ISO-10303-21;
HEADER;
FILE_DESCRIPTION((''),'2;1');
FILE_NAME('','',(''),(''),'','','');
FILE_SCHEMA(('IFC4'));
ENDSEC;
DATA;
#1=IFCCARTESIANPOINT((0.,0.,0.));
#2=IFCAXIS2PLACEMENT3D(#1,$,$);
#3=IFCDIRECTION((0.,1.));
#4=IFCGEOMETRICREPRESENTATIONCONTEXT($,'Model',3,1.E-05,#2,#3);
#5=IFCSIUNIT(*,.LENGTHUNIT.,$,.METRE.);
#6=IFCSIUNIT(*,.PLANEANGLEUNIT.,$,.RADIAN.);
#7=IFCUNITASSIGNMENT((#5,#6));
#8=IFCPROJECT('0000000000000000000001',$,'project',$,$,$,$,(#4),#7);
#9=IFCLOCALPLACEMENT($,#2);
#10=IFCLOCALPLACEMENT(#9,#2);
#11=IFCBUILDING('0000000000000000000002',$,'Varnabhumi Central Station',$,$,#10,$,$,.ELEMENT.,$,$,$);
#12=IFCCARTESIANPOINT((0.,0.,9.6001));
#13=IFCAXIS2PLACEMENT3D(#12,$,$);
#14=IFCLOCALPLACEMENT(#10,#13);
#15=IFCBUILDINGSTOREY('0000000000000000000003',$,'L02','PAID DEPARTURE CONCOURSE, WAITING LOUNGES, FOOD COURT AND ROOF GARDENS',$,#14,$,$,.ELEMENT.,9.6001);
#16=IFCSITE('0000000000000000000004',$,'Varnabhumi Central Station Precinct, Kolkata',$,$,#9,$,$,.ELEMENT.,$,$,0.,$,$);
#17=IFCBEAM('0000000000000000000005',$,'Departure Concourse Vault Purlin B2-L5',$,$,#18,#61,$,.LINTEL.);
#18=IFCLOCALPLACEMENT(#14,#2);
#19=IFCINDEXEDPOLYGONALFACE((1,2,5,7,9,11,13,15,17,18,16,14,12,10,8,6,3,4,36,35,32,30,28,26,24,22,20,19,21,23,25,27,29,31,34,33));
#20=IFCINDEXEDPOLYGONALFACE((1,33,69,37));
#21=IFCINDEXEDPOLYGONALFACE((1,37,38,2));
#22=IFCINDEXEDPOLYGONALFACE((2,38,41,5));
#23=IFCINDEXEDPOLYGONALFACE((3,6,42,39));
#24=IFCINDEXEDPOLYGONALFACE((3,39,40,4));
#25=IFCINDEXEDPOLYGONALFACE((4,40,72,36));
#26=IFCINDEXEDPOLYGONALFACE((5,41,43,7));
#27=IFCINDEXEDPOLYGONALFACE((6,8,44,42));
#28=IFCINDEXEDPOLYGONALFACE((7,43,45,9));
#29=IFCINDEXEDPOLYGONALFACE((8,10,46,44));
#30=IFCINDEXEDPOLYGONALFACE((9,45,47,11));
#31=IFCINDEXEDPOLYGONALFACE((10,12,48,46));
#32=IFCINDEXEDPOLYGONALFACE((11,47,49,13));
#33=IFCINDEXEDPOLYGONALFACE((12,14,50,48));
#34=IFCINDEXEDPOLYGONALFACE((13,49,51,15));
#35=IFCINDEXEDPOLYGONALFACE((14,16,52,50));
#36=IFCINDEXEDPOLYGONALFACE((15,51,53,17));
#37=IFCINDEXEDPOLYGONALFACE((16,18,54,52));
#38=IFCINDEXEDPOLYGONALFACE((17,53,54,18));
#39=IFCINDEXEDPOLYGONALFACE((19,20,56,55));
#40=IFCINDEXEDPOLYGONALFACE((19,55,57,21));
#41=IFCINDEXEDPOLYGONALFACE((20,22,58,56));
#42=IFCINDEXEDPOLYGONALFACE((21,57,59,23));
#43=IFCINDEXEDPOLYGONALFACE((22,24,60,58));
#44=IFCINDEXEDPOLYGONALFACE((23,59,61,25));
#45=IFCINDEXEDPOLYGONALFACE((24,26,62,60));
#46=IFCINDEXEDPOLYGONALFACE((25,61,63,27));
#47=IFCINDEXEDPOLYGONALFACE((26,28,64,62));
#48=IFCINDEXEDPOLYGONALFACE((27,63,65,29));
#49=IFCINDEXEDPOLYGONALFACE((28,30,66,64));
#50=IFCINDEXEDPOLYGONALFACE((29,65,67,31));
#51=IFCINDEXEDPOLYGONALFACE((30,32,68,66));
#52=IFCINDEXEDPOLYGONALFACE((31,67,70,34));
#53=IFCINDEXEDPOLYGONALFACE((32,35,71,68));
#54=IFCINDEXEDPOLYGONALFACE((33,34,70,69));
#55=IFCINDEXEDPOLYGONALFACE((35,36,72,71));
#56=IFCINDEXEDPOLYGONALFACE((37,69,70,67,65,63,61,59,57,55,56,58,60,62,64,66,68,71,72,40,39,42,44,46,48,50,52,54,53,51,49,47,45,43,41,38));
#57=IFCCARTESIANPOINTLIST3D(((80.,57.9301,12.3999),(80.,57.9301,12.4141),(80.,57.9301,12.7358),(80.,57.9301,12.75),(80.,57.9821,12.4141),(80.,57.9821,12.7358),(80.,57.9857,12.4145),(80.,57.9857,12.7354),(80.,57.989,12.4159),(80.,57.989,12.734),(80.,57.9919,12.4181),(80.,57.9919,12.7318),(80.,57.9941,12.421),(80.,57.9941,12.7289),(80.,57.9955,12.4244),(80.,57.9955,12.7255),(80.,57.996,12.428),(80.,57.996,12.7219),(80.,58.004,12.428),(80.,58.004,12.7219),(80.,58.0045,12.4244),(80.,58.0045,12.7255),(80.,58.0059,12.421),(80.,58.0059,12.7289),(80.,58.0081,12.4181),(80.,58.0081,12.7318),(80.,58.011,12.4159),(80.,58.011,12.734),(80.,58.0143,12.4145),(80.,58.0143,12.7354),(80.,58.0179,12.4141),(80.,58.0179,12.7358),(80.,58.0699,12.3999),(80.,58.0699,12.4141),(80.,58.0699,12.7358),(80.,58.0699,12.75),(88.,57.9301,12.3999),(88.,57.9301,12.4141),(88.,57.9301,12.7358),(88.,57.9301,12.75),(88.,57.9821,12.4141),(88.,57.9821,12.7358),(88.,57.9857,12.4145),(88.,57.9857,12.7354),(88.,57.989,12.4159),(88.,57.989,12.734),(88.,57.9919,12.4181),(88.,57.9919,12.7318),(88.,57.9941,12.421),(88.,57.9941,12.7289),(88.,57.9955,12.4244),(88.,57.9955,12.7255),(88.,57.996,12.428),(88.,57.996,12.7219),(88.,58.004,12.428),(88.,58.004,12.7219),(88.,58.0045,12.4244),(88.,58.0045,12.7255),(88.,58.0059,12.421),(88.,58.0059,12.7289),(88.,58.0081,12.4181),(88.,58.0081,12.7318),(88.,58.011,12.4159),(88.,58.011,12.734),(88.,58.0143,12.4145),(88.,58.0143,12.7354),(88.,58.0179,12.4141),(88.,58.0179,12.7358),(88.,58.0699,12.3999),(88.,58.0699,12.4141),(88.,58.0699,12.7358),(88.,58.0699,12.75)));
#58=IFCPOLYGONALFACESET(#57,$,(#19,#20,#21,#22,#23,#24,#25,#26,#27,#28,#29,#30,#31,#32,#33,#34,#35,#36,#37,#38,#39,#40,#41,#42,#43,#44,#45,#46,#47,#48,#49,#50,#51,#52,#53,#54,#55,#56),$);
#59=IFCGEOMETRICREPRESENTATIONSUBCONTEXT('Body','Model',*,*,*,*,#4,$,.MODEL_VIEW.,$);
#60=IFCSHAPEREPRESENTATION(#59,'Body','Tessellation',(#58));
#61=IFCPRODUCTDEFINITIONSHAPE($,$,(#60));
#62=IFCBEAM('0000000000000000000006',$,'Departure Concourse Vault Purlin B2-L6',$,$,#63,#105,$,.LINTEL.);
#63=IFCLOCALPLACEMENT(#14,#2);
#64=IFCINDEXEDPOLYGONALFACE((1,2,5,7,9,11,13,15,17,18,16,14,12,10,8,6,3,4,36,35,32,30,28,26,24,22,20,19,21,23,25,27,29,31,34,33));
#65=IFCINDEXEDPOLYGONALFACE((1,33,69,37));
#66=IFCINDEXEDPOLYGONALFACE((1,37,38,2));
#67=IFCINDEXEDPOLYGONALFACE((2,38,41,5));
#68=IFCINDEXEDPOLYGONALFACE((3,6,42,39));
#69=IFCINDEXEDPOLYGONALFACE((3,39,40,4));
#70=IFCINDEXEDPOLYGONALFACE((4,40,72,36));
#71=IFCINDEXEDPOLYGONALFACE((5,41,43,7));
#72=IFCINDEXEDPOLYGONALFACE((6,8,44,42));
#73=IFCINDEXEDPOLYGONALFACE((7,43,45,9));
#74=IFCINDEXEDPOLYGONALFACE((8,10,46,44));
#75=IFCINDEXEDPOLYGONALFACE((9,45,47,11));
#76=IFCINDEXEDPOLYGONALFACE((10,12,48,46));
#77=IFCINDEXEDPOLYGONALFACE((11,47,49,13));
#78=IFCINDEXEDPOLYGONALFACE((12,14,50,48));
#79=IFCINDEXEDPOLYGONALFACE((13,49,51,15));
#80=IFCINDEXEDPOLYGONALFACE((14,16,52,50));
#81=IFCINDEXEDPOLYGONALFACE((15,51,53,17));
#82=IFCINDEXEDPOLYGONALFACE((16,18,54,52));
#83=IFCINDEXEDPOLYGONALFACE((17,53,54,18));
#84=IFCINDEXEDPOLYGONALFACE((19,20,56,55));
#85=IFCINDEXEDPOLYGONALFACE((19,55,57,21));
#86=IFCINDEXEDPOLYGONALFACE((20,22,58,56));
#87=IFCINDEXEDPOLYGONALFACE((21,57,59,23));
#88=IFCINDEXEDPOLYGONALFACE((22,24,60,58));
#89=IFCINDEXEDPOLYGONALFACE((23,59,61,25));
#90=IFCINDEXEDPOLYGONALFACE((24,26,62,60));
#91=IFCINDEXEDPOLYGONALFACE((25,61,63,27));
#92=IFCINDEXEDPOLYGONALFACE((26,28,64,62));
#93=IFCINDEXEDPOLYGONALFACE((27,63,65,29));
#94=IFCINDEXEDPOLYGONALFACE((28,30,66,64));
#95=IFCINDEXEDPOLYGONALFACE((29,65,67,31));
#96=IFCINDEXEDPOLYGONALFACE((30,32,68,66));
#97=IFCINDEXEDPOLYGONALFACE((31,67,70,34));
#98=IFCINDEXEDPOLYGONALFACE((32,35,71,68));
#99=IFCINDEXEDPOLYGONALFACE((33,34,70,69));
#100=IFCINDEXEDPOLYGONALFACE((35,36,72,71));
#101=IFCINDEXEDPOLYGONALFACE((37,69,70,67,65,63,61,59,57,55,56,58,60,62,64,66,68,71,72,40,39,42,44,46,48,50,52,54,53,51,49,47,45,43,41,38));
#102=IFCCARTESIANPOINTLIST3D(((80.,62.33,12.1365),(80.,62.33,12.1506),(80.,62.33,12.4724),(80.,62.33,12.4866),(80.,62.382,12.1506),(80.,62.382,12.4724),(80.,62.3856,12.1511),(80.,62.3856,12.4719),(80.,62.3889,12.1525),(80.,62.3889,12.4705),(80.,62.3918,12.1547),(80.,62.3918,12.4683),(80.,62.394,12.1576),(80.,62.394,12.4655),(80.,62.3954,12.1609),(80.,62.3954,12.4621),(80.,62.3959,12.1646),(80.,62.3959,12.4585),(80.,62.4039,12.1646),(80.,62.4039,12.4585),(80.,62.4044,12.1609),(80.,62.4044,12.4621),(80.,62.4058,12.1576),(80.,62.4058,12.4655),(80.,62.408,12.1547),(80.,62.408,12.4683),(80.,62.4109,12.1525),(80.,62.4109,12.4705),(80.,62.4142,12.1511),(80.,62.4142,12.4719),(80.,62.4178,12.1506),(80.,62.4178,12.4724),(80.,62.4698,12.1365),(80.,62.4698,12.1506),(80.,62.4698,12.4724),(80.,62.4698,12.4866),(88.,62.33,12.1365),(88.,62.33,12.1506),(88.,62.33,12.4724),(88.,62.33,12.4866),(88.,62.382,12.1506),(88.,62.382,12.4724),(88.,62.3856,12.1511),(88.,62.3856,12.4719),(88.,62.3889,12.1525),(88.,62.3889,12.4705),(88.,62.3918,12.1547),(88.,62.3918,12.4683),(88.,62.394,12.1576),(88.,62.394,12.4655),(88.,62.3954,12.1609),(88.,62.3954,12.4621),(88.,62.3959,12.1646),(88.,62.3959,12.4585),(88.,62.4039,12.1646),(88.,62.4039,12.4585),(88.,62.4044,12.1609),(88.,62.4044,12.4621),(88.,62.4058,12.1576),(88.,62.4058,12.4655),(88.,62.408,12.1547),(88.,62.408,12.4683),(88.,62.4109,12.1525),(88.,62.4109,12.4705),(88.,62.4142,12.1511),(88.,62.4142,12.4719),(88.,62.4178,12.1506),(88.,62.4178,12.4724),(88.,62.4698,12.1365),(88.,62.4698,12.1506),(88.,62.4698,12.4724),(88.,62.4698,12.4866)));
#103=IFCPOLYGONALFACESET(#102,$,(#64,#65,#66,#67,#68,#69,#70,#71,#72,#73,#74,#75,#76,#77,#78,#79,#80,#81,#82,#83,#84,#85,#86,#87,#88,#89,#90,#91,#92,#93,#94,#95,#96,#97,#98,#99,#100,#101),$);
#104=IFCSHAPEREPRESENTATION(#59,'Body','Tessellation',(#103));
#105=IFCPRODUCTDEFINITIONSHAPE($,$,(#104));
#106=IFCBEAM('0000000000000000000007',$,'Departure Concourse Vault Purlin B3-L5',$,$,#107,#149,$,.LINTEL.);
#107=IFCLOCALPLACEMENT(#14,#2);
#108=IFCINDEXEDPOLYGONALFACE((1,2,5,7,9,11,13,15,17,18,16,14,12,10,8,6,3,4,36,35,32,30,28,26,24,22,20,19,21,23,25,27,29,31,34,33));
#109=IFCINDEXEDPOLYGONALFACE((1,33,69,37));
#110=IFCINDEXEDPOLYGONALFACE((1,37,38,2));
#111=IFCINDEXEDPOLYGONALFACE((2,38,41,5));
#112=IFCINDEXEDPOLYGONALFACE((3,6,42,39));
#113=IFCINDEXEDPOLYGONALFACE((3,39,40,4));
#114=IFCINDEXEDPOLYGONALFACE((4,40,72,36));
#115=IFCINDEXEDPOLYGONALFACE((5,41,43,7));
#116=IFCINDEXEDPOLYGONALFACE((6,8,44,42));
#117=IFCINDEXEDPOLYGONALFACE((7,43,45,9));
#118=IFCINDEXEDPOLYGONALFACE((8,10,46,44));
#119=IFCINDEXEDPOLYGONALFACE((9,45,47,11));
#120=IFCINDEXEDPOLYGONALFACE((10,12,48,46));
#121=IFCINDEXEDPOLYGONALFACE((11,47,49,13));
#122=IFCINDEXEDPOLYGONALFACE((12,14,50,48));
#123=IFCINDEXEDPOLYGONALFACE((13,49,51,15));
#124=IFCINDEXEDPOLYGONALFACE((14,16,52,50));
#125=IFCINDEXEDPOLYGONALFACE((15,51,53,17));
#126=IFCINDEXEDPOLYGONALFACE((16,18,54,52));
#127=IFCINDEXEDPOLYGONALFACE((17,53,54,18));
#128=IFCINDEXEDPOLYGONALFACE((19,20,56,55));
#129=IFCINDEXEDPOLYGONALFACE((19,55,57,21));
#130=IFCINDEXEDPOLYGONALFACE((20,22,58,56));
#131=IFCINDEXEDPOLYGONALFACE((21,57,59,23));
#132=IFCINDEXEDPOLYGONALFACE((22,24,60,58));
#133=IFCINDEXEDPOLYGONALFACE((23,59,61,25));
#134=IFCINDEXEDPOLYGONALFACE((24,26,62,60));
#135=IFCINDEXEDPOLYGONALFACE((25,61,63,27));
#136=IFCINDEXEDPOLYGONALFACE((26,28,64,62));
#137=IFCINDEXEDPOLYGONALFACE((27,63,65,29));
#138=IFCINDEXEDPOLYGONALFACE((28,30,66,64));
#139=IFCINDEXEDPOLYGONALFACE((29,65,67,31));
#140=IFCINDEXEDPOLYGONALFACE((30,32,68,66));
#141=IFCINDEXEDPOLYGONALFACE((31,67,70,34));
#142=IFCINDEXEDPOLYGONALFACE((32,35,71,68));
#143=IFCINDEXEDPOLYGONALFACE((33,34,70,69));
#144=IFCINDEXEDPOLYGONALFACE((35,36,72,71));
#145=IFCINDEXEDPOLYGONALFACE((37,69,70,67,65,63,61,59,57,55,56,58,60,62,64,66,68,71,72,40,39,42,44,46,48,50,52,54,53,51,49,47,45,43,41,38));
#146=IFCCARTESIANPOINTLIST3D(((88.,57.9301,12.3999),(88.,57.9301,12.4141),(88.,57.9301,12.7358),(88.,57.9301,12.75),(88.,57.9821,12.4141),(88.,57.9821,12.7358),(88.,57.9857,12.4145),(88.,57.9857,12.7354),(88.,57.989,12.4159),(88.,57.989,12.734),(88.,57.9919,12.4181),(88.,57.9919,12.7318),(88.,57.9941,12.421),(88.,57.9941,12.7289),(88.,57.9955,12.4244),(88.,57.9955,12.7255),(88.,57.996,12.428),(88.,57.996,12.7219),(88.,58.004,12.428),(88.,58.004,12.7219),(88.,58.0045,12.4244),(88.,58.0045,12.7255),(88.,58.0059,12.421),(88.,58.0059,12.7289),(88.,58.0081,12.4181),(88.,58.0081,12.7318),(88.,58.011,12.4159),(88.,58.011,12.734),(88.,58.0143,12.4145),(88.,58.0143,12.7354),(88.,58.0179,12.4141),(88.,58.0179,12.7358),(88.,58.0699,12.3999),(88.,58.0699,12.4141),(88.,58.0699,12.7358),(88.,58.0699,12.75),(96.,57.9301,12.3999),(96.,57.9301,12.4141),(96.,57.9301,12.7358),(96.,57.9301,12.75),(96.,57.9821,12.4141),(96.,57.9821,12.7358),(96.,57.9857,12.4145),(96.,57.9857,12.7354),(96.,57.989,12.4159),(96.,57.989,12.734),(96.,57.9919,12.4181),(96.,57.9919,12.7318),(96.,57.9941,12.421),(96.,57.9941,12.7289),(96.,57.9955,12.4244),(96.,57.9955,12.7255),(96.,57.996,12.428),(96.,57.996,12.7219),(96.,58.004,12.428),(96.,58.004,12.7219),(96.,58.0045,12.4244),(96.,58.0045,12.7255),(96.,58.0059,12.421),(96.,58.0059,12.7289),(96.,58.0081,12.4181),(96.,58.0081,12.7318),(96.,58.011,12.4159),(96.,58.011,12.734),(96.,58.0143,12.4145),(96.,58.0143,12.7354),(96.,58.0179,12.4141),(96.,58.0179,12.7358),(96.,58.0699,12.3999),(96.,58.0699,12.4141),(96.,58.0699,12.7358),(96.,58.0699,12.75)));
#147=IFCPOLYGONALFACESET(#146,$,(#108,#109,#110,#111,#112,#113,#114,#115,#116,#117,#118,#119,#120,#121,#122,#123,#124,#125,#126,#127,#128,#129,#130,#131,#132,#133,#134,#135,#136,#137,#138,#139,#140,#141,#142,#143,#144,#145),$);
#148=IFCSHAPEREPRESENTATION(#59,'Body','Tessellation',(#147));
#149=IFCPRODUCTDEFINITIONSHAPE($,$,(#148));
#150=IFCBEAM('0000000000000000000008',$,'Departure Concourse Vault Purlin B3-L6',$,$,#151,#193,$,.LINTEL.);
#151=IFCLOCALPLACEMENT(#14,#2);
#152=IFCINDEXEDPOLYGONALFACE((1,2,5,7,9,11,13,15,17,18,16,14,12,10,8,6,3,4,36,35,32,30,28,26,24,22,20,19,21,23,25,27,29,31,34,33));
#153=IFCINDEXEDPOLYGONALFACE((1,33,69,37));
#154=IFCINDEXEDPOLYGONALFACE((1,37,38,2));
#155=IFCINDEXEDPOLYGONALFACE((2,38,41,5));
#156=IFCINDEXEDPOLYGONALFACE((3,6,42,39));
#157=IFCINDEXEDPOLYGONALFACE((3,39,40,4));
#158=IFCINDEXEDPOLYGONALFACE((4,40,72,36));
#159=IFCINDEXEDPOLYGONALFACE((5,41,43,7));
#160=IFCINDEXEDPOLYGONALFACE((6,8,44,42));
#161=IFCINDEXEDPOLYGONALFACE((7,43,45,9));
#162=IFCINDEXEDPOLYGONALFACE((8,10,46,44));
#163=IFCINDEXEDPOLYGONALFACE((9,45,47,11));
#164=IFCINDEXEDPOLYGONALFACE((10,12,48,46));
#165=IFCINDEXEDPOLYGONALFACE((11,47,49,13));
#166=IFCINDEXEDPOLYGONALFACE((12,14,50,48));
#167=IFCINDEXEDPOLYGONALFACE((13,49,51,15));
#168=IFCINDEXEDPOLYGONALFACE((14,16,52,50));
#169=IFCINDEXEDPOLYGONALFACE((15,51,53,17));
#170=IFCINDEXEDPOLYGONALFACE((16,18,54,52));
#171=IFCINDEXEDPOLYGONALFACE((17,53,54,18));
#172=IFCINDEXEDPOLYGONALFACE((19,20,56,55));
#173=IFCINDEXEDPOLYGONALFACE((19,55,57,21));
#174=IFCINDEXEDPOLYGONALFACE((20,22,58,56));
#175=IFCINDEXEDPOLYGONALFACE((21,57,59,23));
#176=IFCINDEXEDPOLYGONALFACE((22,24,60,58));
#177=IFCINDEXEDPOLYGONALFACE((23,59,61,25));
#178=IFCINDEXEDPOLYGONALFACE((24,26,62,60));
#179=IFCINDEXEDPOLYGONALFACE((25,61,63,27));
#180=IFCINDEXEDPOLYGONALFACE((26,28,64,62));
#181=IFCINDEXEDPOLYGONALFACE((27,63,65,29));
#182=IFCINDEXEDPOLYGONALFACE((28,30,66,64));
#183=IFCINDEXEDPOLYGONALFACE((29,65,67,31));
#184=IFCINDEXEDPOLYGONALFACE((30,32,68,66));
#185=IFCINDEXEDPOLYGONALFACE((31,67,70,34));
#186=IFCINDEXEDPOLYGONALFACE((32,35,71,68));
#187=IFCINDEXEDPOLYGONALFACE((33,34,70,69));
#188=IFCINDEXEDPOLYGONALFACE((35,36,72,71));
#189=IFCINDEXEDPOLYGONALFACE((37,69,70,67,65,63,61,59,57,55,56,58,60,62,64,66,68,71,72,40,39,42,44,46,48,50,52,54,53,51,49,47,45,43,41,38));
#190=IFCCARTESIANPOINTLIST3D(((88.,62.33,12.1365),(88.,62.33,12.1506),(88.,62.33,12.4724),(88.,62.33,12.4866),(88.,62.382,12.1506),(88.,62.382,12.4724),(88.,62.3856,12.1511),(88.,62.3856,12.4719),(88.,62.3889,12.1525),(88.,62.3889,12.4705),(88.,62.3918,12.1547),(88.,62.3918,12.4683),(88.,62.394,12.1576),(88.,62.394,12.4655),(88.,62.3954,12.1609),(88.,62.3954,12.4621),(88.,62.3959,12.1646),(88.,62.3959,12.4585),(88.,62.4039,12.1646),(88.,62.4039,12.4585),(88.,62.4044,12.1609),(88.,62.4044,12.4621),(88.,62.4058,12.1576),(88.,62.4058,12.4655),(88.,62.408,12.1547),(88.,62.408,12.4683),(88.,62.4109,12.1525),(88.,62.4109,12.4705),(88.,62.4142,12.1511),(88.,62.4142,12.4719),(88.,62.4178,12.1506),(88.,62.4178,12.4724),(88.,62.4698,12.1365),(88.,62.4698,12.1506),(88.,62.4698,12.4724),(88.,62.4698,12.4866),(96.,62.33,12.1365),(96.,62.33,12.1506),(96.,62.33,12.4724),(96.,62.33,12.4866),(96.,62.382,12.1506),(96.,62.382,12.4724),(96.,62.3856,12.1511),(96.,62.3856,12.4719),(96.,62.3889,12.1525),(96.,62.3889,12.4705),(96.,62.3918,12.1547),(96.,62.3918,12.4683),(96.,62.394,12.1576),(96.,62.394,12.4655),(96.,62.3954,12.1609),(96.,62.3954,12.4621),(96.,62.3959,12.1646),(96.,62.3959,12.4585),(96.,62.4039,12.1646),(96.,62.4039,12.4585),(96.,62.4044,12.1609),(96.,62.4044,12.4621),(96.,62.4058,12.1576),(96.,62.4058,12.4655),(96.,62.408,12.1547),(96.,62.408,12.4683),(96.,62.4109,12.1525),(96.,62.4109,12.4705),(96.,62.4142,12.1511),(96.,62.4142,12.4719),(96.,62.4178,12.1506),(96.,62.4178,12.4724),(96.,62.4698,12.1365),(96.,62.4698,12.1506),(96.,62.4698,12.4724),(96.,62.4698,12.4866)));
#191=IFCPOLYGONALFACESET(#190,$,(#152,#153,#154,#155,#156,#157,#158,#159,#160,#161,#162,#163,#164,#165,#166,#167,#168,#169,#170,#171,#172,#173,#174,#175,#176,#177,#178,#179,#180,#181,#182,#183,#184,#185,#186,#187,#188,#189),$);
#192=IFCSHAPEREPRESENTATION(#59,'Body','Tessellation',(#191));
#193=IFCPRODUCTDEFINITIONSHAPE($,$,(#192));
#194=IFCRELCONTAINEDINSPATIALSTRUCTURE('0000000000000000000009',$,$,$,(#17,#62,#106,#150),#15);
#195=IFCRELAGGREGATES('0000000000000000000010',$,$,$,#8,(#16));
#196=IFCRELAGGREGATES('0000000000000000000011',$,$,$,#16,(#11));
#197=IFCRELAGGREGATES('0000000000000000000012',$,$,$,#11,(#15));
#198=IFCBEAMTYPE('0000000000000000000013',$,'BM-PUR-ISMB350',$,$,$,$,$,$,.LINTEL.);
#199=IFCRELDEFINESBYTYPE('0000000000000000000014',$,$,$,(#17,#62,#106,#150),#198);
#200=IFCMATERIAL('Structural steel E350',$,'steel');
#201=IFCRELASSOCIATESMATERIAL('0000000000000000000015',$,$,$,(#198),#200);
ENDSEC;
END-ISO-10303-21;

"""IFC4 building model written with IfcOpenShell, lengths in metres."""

from ifc_helpers import new_model, si_unit, direction, frame, origin, origin_2d, place, context, subcontext, project, spatial, i_section, extrude, material, material_profile, profile_set, type_object, element, save


model = new_model("IFC4")

# Units and contexts
model_context = context("Model", 3, precision=1e-05, world=origin(), true_north=direction((0.0, 1.0)))
body_context = subcontext(model_context, "Body", "Model", "MODEL_VIEW")
ifc_project = project(units=[si_unit("LENGTHUNIT", "METRE"), si_unit("PLANEANGLEUNIT", "RADIAN")], contexts=[model_context])

# Site, building, storey
site_placement = place(None, origin())
site = spatial("IfcSite", under=ifc_project, at=site_placement, Name="Varnabhumi Central Station Precinct, Kolkata", CompositionType="ELEMENT", RefElevation=0.0)
building_placement = place(site_placement, origin())
building = spatial("IfcBuilding", under=site, at=building_placement, Name="Varnabhumi Central Station", CompositionType="ELEMENT")
storey_placement = place(building_placement, frame((0.0, 0.0, 9.6001)))
storey = spatial("IfcBuildingStorey", under=building, at=storey_placement, Name="L02", Description="PAID DEPARTURE CONCOURSE, WAITING LOUNGES, FOOD COURT AND ROOF GARDENS", CompositionType="ELEMENT", Elevation=9.6001)

# Beams
ifc_material_1 = material(Name="Structural steel E350", Category="steel")
ifc_material_profile_1 = material_profile(ifc_material_1, i_section(OverallWidth=0.1399, OverallDepth=0.3501, WebThickness=0.0081, FlangeThickness=0.0142, FilletRadius=0.0139, at=origin_2d()), Name="Structural steel E350", Category="steel")
ifc_profile_set_1 = profile_set([ifc_material_profile_1], Name="Structural steel E350")
beam_type_1 = type_object("IfcBeamType", Name="BM-PUR-ISMB350", PredefinedType="LINTEL", material=ifc_profile_set_1)
for number, where, z_axis, x_axis, name in (
    (1, (80.0, 58.0, 12.575), (1.0, 0.0, 0.0), (0.0, 1.0, 0.0), "Departure Concourse Vault Purlin B2-L5"),
    (2, (80.0, 62.3999, 12.3115), (1.0, 0.0, 0.0), (0.0, 1.0, 0.0), "Departure Concourse Vault Purlin B2-L6"),
    (3, (88.0, 58.0, 12.575), (1.0, 0.0, 0.0), (0.0, 1.0, 0.0), "Departure Concourse Vault Purlin B3-L5"),
    (4, (88.0, 62.3999, 12.3115), (1.0, 0.0, 0.0), (0.0, 1.0, 0.0), "Departure Concourse Vault Purlin B3-L6"),
):
    element("IfcBeam", number, at=place(storey_placement, frame(where, z_axis=z_axis, x_axis=x_axis)), inside=storey, type_object=beam_type_1, Name=name, PredefinedType="LINTEL", context=body_context, shape_type="SweptSolid", body=[
        extrude(i_section(OverallWidth=0.1399, OverallDepth=0.3501, WebThickness=0.0081, FlangeThickness=0.0142, FilletRadius=0.0139, at=origin_2d()), origin(), (0.0, 0.0, 1.0), 8.0),
    ])

save(model, "model.ifc")
